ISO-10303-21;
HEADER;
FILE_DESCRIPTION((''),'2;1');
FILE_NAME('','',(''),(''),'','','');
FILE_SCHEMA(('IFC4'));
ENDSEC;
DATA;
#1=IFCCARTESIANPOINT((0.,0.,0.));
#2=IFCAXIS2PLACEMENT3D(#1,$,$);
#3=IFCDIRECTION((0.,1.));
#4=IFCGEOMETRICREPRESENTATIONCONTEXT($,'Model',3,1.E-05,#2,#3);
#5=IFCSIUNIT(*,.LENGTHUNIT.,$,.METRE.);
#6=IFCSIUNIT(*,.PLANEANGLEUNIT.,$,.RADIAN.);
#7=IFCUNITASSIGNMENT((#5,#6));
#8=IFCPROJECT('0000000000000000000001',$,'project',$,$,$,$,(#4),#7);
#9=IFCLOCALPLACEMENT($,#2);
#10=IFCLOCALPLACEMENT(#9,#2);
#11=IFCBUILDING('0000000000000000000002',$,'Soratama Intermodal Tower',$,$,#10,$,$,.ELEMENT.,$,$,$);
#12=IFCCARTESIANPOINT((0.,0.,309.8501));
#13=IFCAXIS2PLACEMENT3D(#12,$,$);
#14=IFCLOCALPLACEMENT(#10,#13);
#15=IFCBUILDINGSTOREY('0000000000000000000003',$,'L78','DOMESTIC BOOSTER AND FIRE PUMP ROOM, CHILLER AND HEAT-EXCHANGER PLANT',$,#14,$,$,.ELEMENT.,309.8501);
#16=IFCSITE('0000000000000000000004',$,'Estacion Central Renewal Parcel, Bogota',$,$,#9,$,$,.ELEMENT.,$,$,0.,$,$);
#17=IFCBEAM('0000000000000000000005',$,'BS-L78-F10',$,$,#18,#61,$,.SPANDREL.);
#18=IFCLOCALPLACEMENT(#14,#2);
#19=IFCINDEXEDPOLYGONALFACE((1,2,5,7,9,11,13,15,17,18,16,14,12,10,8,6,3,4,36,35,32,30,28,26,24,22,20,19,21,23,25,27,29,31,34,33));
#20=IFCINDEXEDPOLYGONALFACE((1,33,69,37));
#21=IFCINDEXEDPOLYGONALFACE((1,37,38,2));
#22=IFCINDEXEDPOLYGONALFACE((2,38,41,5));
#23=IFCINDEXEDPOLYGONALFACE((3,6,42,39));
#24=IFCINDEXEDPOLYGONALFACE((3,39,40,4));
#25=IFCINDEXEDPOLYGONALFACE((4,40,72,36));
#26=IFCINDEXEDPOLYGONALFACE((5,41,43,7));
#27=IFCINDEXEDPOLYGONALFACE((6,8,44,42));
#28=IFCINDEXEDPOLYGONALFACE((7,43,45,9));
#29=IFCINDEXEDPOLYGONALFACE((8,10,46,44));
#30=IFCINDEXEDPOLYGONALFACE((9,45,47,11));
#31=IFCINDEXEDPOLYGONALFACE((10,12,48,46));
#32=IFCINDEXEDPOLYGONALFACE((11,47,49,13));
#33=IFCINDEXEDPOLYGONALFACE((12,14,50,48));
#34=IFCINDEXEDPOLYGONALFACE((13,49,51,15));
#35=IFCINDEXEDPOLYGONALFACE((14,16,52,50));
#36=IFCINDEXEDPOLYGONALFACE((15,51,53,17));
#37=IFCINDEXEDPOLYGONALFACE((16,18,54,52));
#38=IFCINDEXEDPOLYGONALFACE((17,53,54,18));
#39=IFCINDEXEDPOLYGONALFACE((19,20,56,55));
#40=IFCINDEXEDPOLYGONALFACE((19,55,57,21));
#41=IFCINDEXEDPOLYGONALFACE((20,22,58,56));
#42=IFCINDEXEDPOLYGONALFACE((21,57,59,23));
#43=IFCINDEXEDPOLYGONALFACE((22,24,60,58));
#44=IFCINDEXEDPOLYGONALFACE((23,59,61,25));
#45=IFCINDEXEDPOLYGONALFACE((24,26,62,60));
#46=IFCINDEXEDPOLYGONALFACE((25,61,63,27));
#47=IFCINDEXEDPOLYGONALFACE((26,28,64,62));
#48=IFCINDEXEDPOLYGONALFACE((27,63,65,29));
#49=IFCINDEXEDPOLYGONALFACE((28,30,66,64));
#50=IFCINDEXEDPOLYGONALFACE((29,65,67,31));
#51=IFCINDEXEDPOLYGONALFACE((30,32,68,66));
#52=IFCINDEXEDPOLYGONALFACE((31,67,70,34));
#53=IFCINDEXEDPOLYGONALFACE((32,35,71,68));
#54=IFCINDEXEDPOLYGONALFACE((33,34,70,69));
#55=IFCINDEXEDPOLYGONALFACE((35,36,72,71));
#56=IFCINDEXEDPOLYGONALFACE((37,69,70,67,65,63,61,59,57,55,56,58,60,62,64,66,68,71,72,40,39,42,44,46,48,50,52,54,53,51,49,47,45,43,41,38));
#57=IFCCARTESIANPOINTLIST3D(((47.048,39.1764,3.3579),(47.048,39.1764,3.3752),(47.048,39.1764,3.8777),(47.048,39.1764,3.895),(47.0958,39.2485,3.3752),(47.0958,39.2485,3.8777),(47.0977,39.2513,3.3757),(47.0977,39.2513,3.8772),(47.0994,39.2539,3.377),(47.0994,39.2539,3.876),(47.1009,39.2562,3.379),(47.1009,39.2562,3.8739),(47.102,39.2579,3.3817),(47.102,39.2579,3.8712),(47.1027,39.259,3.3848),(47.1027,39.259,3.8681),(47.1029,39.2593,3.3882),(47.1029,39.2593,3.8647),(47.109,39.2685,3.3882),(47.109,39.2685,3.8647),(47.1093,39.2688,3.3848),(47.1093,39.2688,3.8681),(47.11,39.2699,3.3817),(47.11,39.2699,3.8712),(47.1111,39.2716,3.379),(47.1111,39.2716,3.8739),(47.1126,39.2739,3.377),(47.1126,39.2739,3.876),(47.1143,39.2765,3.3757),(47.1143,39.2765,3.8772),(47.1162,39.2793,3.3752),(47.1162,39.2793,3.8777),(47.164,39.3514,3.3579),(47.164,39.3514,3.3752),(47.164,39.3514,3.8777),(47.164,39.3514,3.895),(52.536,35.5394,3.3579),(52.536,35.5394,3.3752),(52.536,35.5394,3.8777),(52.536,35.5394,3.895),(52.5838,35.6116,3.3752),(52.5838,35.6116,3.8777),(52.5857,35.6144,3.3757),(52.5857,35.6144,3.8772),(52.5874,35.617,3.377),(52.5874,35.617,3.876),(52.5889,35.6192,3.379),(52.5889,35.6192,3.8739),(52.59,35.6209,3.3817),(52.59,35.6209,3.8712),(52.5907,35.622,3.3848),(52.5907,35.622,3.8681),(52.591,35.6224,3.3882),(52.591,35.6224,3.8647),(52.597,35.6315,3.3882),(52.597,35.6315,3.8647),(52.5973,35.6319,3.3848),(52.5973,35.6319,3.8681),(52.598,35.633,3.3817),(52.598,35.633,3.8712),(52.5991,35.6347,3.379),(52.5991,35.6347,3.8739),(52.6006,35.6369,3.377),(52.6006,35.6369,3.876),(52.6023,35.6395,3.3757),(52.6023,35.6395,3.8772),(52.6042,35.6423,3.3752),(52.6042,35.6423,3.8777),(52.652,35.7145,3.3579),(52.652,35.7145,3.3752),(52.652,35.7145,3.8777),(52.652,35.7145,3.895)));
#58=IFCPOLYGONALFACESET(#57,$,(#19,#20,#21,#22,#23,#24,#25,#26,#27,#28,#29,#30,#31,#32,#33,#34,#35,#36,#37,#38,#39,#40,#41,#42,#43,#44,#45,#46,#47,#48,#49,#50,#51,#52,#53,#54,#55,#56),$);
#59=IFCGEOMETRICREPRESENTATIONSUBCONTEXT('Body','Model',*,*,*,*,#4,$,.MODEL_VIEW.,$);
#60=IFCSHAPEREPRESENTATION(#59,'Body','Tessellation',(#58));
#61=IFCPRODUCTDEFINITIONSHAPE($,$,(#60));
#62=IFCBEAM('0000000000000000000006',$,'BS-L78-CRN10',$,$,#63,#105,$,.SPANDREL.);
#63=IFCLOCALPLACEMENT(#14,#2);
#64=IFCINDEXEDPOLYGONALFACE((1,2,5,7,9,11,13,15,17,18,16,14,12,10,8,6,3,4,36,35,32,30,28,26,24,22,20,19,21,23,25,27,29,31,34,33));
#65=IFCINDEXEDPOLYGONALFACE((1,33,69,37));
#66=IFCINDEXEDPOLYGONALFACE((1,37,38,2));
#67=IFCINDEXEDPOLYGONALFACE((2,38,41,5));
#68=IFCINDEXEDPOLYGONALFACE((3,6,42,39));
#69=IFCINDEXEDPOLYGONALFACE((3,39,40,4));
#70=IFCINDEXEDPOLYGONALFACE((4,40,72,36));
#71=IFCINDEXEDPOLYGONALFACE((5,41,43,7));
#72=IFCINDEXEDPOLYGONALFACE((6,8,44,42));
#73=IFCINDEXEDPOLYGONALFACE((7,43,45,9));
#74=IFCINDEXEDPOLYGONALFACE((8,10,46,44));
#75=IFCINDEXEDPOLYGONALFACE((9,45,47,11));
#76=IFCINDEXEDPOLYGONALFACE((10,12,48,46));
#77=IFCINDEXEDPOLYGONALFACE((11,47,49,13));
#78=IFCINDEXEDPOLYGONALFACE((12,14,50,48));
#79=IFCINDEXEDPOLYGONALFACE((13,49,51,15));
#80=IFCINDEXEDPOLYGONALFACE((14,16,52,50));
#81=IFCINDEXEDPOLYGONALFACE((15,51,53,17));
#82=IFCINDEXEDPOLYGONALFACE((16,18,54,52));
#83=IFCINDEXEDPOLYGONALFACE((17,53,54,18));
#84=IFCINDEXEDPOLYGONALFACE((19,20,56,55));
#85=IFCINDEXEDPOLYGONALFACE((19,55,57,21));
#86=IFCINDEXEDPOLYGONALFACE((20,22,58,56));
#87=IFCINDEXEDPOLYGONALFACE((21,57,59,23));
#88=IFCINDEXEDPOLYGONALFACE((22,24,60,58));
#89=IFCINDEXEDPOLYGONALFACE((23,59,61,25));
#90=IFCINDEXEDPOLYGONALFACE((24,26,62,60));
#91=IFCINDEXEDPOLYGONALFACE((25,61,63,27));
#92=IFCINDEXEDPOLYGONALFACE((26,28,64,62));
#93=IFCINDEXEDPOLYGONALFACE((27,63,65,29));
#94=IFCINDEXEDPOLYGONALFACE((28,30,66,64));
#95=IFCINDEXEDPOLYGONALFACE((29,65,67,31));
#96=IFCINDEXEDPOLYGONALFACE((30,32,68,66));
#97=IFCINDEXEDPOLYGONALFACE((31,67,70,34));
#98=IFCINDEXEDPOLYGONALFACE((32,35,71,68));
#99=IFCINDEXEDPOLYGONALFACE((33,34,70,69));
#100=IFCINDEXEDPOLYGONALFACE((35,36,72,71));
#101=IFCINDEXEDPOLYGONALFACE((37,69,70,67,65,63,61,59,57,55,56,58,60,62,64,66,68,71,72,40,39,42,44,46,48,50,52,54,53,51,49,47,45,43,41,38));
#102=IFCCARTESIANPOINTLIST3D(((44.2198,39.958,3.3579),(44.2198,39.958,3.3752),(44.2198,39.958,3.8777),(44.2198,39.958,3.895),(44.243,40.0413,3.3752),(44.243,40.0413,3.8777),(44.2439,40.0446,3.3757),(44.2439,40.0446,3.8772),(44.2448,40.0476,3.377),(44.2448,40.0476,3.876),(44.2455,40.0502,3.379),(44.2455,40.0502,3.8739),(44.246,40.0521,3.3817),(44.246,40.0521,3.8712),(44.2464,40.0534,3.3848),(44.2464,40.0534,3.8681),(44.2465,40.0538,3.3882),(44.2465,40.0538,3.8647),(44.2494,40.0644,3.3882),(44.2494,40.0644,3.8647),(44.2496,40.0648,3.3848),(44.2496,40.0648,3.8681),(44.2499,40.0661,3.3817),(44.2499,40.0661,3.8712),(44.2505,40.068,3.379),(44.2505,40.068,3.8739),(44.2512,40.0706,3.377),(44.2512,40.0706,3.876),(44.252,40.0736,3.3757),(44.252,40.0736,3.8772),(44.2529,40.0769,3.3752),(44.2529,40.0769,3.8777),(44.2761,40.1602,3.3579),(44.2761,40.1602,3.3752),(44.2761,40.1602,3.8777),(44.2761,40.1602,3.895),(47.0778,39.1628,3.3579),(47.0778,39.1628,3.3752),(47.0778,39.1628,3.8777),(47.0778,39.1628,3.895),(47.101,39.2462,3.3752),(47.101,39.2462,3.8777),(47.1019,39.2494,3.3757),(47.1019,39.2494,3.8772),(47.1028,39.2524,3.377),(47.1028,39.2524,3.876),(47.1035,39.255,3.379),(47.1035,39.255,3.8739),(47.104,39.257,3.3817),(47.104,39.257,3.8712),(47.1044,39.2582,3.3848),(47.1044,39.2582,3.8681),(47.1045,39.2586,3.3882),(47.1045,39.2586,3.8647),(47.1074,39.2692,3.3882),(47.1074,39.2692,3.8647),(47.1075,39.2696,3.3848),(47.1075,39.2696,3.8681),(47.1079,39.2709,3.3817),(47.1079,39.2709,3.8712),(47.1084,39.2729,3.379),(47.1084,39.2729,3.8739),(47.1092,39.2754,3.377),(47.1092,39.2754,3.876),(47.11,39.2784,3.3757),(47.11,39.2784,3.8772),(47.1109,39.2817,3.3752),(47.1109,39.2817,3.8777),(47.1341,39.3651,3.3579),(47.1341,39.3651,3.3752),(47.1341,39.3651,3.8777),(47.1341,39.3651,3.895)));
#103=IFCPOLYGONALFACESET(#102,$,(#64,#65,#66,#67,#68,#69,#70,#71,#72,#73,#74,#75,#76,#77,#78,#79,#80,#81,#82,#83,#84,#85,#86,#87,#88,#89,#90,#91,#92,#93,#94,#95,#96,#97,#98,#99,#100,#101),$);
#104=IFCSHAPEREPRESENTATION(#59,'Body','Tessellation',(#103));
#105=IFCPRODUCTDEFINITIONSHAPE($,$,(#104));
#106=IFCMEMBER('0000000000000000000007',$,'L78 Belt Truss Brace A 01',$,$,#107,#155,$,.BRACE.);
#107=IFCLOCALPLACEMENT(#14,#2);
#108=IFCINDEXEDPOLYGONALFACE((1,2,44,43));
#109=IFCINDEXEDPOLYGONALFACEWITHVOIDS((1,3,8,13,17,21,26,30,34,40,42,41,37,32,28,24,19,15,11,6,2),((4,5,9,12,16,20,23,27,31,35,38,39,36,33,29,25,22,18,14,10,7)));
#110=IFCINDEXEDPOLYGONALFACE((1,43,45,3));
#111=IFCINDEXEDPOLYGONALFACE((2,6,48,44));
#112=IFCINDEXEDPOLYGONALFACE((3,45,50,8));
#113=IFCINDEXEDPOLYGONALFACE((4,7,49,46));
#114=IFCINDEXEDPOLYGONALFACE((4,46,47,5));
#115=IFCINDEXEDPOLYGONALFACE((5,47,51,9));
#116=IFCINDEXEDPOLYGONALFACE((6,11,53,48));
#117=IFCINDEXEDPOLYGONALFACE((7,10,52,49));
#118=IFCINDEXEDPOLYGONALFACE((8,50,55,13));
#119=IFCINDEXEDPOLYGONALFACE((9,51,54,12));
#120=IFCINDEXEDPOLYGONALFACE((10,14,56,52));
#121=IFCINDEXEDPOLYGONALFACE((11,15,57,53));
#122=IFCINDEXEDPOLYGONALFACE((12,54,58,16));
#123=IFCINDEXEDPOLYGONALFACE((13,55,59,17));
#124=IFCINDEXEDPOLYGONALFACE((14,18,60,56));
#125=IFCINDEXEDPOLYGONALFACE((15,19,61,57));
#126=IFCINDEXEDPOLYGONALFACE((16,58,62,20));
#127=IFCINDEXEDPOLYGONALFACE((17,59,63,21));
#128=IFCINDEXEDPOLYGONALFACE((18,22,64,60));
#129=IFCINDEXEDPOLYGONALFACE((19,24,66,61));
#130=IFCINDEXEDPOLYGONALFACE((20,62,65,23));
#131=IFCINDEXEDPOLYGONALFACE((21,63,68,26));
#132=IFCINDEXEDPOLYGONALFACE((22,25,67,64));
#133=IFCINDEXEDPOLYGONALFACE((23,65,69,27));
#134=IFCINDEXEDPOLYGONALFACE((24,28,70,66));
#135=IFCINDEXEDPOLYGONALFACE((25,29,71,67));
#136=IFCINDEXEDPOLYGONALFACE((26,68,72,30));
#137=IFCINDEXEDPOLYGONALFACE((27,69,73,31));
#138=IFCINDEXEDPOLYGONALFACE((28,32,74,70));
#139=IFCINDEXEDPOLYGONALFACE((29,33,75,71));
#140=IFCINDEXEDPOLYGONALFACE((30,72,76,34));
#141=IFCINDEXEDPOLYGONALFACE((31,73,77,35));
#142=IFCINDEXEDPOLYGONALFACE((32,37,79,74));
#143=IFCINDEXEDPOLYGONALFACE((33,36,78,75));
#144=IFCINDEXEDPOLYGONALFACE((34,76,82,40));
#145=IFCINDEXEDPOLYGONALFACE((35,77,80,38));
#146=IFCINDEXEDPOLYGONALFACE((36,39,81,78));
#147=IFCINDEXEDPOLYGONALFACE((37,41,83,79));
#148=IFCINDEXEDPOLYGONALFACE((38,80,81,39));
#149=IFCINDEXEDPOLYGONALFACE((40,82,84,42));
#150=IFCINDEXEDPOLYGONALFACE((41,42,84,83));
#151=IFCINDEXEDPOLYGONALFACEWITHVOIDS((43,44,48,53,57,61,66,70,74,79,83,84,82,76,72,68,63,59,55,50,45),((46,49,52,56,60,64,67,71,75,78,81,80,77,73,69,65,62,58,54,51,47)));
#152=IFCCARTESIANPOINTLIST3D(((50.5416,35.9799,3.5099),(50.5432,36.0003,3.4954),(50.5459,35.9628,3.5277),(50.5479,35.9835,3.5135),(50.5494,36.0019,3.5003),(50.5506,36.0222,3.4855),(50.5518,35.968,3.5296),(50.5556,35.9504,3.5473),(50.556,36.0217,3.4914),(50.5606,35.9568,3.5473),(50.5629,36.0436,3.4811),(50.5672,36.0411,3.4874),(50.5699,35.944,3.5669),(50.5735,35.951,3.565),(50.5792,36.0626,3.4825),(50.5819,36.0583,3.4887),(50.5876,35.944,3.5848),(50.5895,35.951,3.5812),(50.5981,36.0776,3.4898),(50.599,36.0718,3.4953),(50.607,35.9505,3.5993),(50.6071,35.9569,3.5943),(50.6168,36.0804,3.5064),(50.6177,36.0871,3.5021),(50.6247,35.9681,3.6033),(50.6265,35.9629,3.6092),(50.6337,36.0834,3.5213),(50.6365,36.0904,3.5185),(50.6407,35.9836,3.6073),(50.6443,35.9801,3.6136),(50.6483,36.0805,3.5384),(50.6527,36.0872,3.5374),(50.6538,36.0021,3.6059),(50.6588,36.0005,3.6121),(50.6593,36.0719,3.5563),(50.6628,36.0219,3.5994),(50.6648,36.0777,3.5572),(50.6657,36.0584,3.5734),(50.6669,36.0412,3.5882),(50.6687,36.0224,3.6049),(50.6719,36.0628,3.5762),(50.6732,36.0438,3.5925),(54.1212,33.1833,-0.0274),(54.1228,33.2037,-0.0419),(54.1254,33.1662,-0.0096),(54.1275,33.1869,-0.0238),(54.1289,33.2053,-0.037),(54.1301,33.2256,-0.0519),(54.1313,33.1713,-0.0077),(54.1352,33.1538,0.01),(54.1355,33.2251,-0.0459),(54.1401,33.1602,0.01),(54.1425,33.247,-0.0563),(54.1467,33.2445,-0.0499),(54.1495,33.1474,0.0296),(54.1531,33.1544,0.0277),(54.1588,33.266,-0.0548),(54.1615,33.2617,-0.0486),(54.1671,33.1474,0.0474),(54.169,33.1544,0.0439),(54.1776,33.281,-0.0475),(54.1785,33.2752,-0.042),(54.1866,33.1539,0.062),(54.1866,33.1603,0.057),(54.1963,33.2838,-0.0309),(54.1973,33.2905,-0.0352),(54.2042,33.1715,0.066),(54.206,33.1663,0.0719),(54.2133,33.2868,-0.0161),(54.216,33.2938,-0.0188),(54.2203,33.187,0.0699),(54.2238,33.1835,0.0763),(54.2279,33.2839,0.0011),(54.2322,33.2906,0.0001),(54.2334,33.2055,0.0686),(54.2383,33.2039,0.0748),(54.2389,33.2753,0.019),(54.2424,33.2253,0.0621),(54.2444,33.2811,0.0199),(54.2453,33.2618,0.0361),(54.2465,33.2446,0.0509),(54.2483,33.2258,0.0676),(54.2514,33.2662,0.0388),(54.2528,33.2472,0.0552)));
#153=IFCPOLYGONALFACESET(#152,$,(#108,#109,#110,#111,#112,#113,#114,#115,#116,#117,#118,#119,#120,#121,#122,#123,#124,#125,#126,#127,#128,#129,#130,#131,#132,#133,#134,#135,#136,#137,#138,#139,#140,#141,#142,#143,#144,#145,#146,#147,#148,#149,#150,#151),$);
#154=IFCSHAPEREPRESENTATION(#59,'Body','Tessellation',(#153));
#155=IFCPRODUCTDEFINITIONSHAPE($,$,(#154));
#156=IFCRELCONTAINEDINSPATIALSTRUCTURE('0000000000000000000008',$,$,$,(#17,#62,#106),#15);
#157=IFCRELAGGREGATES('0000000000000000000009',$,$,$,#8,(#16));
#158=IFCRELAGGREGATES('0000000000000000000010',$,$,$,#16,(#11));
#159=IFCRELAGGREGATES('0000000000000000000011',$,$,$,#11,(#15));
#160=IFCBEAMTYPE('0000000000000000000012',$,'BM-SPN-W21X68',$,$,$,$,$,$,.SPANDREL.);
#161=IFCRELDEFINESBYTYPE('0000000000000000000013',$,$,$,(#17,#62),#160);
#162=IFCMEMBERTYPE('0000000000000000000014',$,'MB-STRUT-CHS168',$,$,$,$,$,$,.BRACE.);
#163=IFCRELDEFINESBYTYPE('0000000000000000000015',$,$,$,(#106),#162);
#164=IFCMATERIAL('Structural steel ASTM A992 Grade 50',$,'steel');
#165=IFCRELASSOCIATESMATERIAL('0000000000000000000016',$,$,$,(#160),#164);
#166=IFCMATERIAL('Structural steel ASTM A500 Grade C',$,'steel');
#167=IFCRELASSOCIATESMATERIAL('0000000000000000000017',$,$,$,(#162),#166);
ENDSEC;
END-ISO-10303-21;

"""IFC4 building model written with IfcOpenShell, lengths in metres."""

from ifc_helpers import new_model, si_unit, direction, frame, origin, origin_2d, place, context, subcontext, project, spatial, hollow_circle, i_section, extrude, material, material_profile, profile_set, type_object, element, save


model = new_model("IFC4")

# Units and contexts
model_context = context("Model", 3, precision=1e-05, world=origin(), true_north=direction((0.0, 1.0)))
body_context = subcontext(model_context, "Body", "Model", "MODEL_VIEW")
ifc_project = project(units=[si_unit("LENGTHUNIT", "METRE"), si_unit("PLANEANGLEUNIT", "RADIAN")], contexts=[model_context])

# Site, building, storey
site_placement = place(None, origin())
site = spatial("IfcSite", under=ifc_project, at=site_placement, Name="Estacion Central Renewal Parcel, Bogota", CompositionType="ELEMENT", RefElevation=0.0)
building_placement = place(site_placement, origin())
building = spatial("IfcBuilding", under=site, at=building_placement, Name="Soratama Intermodal Tower", CompositionType="ELEMENT")
storey_placement = place(building_placement, frame((0.0, 0.0, 309.8501)))
storey = spatial("IfcBuildingStorey", under=building, at=storey_placement, Name="L78", Description="DOMESTIC BOOSTER AND FIRE PUMP ROOM, CHILLER AND HEAT-EXCHANGER PLANT", CompositionType="ELEMENT", Elevation=309.8501)

# Beams
ifc_material_1 = material(Name="Structural steel ASTM A992 Grade 50", Category="steel")
ifc_material_profile_1 = material_profile(ifc_material_1, i_section(OverallWidth=0.21, OverallDepth=0.5371, WebThickness=0.011, FlangeThickness=0.0173, FilletRadius=0.0129, at=origin_2d()), Name="W21X68")
ifc_profile_set_1 = profile_set([ifc_material_profile_1], Name="Structural steel ASTM A992 Grade 50")
beam_type_1 = type_object("IfcBeamType", Name="BM-SPN-W21X68", PredefinedType="SPANDREL", material=ifc_profile_set_1)
beam_1_placement = place(storey_placement, frame((52.594, 35.627, 3.6265), z_axis=(-0.83357, 0.552413, 0.0), x_axis=(-0.552413, -0.83357, 0.0)))
element("IfcBeam", 1, at=beam_1_placement, inside=storey, type_object=beam_type_1, Name="BS-L78-F10", PredefinedType="SPANDREL", context=body_context, shape_type="SweptSolid", body=[
    extrude(i_section(OverallWidth=0.21, OverallDepth=0.5371, WebThickness=0.011, FlangeThickness=0.0173, FilletRadius=0.0129, at=origin_2d()), origin(), (0.0, 0.0, 1.0), 6.5837),
])
beam_2_placement = place(storey_placement, frame((47.106, 39.2639, 3.6265), z_axis=(-0.963405, 0.268051, 0.0), x_axis=(-0.268051, -0.963405, 0.0)))
element("IfcBeam", 2, at=beam_2_placement, inside=storey, type_object=beam_type_1, Name="BS-L78-CRN10", PredefinedType="SPANDREL", context=body_context, shape_type="SweptSolid", body=[
    extrude(i_section(OverallWidth=0.21, OverallDepth=0.5371, WebThickness=0.011, FlangeThickness=0.0173, FilletRadius=0.0129, at=origin_2d()), origin(), (0.0, 0.0, 1.0), 2.9666),
])

# Member
ifc_material_2 = material(Name="Structural steel ASTM A500 Grade C", Category="steel")
ifc_material_profile_2 = material_profile(ifc_material_2, hollow_circle(Radius=0.0842, WallThickness=0.0081, at=origin_2d()), Name="CHS168X8")
ifc_profile_set_2 = profile_set([ifc_material_profile_2], Name="Structural steel ASTM A500 Grade C")
member_type = type_object("IfcMemberType", Name="MB-STRUT-CHS168", PredefinedType="BRACE", material=ifc_profile_set_2)
for number, where, z_axis, x_axis, name in (
    (3, (54.187, 33.2202, 0.01), (-0.621739, 0.485747, 0.614403), (-0.615654, -0.788016, 0.0), "L78 Belt Truss Brace A 01"),
):
    element("IfcMember", number, at=place(storey_placement, frame(where, z_axis=z_axis, x_axis=x_axis)), inside=storey, type_object=member_type, Name=name, PredefinedType="BRACE", context=body_context, shape_type="SweptSolid", body=[
        extrude(hollow_circle(Radius=0.0842, WallThickness=0.0081, at=origin_2d()), origin(), (0.0, 0.0, 1.0), 5.7573),
    ])

save(model, "model.ifc")
